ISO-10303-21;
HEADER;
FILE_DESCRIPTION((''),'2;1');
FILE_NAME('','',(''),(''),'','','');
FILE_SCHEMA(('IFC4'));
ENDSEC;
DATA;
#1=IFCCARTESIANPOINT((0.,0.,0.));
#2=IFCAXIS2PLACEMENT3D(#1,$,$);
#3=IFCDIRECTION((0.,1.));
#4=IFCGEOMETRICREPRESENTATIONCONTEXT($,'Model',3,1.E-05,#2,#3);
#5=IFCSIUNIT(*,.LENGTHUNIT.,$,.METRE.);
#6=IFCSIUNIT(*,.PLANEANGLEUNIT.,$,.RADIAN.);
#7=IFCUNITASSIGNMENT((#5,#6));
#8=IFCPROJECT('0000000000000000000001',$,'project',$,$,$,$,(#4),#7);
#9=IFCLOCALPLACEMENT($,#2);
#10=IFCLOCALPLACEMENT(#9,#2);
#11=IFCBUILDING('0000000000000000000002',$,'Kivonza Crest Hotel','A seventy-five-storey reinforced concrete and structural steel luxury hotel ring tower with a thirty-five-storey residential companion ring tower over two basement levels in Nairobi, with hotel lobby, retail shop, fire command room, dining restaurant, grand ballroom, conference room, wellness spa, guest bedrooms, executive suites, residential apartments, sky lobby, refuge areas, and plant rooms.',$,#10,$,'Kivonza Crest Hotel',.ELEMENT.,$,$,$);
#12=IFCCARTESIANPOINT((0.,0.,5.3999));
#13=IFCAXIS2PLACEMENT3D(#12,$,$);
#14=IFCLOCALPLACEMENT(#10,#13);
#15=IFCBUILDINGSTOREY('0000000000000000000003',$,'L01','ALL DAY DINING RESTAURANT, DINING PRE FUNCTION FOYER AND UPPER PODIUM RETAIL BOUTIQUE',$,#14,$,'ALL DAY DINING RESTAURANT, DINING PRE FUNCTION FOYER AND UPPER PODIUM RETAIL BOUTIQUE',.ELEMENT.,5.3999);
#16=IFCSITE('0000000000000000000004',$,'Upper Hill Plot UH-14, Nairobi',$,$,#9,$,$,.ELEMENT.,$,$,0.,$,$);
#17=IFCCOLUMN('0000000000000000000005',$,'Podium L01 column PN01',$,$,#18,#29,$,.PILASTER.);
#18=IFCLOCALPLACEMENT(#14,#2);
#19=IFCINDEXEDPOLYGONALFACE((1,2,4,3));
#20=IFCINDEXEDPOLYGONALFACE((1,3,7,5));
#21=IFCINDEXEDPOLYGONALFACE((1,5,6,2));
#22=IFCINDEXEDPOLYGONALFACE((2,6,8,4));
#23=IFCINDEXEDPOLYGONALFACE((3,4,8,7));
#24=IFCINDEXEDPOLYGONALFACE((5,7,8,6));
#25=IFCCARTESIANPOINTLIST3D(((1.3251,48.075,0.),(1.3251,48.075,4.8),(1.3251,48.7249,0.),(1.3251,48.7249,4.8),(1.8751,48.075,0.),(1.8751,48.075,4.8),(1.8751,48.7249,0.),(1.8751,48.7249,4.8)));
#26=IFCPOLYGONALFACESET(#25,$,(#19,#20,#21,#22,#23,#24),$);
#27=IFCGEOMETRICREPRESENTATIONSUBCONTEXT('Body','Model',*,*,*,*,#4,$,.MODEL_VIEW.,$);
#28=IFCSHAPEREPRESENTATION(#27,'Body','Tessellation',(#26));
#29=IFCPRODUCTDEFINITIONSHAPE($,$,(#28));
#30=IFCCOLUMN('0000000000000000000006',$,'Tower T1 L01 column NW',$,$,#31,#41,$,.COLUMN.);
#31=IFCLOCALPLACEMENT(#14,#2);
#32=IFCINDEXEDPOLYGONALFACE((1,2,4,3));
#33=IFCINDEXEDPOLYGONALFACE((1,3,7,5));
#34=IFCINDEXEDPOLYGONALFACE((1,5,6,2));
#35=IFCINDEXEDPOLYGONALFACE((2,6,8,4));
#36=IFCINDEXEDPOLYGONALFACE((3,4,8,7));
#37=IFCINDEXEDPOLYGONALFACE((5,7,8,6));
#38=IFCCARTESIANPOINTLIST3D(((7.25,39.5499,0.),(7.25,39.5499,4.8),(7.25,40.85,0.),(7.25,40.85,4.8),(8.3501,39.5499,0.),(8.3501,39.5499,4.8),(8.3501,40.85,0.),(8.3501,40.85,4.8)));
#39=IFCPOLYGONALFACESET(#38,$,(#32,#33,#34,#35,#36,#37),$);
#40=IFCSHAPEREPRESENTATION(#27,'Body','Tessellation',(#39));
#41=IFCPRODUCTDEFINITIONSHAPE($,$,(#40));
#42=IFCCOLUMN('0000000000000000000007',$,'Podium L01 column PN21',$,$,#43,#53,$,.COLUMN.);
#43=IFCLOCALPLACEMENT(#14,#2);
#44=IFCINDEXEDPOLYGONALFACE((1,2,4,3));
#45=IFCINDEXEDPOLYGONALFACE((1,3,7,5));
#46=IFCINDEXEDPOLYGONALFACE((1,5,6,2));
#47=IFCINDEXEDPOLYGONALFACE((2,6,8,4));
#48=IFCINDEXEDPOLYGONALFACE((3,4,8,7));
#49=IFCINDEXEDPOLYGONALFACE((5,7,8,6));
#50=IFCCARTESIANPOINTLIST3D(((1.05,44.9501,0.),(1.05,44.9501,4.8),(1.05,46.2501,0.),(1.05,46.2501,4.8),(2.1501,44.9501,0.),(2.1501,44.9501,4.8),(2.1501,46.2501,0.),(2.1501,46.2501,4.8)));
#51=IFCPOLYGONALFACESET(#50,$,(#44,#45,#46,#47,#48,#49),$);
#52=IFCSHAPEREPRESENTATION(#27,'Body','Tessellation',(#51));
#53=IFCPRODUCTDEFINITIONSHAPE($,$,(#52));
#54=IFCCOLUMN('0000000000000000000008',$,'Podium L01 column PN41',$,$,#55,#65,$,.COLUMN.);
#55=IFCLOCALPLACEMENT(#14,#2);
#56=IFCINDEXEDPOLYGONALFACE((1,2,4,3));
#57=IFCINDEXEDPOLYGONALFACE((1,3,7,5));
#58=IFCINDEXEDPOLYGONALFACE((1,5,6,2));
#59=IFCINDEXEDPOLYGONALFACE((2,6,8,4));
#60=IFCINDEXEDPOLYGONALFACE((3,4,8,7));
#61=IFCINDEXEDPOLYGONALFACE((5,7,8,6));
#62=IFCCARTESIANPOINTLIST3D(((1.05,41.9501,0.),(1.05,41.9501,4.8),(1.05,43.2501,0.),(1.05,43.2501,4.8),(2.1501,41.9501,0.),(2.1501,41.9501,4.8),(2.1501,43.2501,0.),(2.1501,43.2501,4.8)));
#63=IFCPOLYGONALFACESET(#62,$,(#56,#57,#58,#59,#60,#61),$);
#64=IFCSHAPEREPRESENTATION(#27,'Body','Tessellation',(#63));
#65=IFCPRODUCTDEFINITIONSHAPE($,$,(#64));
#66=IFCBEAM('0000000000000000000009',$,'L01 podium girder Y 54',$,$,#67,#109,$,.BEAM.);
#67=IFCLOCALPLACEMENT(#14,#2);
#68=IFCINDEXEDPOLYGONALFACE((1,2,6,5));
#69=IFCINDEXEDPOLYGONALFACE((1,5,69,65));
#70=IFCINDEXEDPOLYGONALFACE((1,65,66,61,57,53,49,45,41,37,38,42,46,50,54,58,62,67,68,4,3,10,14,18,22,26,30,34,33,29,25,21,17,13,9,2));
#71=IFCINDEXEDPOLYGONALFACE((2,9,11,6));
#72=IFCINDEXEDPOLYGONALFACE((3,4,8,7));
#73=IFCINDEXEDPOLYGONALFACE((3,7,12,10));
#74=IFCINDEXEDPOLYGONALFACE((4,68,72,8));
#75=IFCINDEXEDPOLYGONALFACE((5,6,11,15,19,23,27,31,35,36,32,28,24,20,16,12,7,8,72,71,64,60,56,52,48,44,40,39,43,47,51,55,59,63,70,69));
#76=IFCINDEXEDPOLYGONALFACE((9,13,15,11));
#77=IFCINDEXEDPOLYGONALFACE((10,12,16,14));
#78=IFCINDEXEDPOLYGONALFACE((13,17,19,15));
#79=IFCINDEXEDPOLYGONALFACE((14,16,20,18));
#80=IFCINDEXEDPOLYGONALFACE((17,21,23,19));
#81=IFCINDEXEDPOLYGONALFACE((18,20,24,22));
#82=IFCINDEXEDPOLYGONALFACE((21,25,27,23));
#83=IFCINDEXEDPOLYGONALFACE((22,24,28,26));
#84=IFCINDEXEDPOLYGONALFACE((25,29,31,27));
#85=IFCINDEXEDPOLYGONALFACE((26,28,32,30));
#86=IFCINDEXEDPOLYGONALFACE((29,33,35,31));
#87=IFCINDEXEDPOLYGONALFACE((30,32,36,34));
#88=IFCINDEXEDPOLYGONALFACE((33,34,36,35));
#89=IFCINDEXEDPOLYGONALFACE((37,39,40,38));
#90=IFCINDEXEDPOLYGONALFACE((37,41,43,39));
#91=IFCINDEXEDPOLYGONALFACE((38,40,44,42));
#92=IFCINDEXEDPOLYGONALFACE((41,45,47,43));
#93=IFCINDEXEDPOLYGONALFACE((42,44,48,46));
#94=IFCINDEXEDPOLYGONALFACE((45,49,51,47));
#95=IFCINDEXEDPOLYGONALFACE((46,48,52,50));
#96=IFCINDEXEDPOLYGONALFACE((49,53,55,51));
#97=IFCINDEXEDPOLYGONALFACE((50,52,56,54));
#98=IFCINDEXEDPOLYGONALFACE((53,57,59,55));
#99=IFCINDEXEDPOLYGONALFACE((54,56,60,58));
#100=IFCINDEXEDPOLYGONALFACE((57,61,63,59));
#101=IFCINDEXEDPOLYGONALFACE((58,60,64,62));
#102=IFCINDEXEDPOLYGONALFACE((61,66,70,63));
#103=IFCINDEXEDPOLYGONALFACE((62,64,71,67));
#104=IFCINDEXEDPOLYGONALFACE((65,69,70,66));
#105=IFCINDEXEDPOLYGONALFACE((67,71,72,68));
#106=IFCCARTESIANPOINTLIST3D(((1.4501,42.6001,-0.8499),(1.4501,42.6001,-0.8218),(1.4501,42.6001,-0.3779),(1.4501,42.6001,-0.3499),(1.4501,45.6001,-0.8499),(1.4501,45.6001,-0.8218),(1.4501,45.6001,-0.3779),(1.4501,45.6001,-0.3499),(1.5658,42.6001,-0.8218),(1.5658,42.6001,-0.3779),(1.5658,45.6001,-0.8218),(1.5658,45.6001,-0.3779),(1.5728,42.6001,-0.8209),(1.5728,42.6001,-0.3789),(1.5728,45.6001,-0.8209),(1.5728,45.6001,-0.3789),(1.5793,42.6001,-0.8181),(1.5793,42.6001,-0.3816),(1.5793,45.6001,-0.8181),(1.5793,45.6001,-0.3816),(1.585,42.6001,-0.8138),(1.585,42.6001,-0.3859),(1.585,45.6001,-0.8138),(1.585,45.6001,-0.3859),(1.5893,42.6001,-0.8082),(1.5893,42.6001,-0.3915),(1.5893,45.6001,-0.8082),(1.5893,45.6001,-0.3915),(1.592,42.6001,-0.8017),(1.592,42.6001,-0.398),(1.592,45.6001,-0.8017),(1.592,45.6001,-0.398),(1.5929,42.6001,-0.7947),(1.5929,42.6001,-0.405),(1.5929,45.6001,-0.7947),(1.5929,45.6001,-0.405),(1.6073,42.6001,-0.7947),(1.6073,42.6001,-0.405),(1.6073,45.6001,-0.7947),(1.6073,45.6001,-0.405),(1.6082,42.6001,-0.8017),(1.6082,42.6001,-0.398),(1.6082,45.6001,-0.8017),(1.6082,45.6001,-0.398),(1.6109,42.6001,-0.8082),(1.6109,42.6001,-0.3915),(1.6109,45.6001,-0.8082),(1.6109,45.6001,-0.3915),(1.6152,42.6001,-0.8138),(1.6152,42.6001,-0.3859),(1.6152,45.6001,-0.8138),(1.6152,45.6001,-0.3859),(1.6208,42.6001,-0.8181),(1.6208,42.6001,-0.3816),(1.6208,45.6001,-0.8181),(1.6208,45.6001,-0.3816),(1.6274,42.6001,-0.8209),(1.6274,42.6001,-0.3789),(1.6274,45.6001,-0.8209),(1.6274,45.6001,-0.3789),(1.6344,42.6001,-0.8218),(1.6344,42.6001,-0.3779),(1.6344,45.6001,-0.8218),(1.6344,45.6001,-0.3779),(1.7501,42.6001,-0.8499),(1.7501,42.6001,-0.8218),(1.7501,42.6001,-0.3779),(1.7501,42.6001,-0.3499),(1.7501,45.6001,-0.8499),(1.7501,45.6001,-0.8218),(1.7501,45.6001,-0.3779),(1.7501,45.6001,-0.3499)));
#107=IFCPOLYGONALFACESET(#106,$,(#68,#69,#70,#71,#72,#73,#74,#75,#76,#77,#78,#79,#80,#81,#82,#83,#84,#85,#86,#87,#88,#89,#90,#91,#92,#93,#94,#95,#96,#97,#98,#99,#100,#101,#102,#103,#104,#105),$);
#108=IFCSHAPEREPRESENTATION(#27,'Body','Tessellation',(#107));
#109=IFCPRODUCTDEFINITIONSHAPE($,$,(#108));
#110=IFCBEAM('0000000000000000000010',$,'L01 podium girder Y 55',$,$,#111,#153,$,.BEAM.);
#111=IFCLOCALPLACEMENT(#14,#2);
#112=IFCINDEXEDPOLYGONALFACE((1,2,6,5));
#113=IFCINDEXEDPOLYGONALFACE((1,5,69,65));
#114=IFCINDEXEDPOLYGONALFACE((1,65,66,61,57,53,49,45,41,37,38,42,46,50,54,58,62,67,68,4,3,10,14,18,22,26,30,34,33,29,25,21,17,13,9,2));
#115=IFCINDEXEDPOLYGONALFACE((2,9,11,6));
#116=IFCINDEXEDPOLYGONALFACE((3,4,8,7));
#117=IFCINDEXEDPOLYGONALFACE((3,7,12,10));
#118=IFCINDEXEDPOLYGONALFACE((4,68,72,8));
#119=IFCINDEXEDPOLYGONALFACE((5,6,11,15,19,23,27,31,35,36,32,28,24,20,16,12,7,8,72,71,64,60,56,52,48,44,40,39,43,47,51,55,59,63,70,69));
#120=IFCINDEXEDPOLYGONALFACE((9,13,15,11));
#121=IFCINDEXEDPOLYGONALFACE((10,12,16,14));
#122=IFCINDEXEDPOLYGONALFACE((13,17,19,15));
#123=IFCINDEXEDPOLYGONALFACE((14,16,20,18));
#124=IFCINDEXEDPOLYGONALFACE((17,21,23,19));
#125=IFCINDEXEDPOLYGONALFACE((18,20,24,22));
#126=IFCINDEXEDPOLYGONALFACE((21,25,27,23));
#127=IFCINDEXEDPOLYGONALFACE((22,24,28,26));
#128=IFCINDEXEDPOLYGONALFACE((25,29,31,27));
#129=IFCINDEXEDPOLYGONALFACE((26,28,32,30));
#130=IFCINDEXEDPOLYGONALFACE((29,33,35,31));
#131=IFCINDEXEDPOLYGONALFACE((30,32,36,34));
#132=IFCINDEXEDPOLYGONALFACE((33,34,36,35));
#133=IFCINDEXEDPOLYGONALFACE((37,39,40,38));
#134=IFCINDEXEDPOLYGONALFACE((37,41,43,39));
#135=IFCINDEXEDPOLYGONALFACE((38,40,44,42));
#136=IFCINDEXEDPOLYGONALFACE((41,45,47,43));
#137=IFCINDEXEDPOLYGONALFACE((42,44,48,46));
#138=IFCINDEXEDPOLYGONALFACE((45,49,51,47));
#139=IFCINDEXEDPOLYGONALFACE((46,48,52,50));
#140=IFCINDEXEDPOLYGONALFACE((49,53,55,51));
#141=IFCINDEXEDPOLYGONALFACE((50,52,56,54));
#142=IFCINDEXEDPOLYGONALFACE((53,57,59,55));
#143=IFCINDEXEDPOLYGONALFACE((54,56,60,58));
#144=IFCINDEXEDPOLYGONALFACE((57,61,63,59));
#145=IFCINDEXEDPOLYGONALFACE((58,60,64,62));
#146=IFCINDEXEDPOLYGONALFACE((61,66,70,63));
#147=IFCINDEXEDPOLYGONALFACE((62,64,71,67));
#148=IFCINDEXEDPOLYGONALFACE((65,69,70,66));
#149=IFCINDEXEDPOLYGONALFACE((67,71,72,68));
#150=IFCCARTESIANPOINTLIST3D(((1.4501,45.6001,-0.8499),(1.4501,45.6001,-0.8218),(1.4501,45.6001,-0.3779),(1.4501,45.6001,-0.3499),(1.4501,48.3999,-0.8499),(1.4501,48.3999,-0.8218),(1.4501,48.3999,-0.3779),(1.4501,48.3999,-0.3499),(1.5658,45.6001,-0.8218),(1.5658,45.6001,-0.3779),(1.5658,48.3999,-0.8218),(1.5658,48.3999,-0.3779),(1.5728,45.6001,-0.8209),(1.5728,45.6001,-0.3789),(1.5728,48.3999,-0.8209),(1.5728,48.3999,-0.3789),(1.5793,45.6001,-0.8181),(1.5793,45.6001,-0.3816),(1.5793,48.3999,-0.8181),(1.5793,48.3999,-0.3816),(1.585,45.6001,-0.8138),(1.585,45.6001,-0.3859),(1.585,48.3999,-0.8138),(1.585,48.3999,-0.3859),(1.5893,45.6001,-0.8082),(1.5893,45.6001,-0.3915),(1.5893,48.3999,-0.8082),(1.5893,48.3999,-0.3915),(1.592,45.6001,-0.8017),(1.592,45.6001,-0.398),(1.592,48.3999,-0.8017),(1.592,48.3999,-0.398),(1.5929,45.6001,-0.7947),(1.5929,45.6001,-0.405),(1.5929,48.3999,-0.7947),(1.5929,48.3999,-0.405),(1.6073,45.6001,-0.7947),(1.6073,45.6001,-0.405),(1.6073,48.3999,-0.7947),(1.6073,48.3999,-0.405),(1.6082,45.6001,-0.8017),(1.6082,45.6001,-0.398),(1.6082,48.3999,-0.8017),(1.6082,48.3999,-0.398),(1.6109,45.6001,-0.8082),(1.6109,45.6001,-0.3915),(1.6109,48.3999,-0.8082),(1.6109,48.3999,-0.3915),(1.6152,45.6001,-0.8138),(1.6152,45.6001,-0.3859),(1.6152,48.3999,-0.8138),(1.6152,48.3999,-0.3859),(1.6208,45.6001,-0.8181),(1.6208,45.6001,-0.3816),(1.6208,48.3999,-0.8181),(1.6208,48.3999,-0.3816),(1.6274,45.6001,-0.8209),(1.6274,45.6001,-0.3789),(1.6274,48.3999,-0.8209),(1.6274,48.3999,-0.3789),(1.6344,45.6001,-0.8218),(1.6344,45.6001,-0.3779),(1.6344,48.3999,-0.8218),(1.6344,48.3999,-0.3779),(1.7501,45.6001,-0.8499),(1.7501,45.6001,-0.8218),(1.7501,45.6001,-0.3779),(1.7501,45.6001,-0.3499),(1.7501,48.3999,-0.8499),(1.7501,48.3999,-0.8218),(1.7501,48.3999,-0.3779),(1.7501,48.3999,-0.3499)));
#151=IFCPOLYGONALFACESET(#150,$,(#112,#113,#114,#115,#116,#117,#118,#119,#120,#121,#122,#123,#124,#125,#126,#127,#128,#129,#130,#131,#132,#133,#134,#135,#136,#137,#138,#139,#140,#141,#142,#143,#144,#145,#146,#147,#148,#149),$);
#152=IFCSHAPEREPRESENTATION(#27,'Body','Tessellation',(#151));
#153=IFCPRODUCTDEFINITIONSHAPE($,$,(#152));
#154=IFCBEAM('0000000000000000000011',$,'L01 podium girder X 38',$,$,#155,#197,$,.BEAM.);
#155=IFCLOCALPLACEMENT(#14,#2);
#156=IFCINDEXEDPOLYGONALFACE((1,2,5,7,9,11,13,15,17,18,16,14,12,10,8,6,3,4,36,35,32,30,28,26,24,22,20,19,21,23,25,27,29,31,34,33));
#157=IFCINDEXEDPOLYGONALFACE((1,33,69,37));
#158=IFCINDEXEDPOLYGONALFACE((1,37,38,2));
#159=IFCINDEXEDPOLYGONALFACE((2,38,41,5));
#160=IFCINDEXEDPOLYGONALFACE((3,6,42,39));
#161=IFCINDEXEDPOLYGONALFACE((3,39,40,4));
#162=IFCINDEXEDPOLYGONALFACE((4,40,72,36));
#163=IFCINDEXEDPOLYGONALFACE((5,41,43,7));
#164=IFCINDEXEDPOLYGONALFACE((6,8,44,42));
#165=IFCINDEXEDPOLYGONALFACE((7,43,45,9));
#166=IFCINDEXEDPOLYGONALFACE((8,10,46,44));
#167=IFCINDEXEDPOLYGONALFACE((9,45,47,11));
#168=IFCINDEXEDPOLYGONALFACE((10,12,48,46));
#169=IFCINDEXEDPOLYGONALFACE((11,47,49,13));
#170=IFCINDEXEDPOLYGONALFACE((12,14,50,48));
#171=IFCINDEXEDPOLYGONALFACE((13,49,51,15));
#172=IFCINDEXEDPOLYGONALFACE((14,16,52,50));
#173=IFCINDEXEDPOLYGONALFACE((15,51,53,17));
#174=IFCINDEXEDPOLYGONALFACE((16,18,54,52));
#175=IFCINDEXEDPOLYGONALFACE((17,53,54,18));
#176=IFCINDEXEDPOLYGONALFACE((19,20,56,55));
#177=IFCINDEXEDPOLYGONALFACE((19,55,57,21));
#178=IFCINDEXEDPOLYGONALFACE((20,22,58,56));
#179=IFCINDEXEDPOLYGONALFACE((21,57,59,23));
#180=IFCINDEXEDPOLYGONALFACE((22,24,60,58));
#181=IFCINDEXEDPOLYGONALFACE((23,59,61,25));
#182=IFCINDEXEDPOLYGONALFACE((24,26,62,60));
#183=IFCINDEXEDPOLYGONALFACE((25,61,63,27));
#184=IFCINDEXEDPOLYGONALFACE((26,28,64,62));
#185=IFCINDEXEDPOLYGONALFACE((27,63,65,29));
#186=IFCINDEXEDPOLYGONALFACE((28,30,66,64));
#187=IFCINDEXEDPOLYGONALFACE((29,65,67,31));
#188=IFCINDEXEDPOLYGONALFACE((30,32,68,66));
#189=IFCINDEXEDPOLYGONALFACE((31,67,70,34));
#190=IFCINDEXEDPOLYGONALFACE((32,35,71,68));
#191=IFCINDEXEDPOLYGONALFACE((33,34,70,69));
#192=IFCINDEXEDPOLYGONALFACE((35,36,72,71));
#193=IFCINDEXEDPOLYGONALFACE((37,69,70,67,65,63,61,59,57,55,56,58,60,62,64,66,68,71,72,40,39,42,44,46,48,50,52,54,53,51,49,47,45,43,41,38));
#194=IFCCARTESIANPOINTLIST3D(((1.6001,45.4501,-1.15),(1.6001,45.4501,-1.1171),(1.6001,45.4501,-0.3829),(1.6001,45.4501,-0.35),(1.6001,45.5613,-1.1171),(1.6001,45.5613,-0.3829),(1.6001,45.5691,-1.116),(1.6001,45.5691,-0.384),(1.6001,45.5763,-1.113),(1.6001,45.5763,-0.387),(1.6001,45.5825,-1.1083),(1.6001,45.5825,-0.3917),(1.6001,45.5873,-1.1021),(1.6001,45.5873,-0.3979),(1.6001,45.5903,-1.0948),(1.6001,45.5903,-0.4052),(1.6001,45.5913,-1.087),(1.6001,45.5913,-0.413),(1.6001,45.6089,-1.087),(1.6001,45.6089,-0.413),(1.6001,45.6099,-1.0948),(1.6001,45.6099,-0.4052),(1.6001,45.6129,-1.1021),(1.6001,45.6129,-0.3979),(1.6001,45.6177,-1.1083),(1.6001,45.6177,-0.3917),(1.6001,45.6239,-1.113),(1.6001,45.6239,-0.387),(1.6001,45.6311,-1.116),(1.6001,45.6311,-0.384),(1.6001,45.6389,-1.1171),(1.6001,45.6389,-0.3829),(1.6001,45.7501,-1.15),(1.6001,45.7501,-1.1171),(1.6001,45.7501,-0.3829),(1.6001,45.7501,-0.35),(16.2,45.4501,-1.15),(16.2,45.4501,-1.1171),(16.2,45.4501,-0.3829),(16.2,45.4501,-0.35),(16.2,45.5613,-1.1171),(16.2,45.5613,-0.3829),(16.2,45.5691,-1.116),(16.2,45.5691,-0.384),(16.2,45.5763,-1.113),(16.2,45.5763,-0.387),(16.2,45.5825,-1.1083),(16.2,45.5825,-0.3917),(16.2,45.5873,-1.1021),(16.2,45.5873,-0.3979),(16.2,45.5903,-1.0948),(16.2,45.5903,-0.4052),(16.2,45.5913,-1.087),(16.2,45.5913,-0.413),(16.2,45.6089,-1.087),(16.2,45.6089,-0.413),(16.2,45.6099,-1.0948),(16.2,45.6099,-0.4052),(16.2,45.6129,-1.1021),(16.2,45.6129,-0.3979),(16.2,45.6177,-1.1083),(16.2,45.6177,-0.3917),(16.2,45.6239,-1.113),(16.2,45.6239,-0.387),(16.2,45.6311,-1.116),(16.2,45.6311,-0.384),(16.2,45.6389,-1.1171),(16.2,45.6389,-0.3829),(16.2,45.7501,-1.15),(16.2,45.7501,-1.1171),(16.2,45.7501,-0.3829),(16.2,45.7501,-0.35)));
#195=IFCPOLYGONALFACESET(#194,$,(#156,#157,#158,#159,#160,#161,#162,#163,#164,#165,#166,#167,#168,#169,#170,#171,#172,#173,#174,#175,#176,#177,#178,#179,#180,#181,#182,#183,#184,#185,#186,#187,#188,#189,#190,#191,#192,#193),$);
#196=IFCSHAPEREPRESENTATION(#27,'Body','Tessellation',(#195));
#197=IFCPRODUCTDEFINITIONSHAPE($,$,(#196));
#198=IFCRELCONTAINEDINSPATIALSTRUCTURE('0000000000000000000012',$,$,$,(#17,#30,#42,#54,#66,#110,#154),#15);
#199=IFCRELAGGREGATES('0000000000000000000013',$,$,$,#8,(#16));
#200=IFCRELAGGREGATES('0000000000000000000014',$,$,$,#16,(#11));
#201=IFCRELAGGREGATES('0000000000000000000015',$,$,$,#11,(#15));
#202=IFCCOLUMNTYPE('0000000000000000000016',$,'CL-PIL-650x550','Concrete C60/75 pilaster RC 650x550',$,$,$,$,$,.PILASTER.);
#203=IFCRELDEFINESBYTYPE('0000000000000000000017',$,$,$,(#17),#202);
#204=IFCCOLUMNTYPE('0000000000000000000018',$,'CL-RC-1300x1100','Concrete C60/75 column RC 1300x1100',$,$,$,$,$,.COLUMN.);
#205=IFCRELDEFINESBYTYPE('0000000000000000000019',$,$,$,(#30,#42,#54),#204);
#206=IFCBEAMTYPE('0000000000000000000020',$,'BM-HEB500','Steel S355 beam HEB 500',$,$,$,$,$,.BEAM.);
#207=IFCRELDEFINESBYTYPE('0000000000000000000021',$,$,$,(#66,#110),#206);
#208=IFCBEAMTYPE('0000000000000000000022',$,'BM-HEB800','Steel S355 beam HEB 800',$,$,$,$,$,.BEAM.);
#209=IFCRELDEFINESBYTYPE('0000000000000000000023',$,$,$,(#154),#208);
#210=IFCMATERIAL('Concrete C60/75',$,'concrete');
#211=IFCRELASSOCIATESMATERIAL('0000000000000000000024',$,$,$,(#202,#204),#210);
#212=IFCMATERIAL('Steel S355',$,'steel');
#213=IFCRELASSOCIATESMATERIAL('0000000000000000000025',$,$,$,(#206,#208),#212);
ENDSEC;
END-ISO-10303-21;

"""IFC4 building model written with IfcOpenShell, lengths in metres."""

from ifc_helpers import new_model, si_unit, direction, frame, origin, origin_2d, place, context, subcontext, project, spatial, rectangle, i_section, extrude, material, material_profile, profile_set, type_object, element, save


model = new_model("IFC4")

# Units and contexts
model_context = context("Model", 3, precision=1e-05, world=origin(), true_north=direction((0.0, 1.0)))
body_context = subcontext(model_context, "Body", "Model", "MODEL_VIEW")
ifc_project = project(units=[si_unit("LENGTHUNIT", "METRE"), si_unit("PLANEANGLEUNIT", "RADIAN")], contexts=[model_context])

# Site, building, storey
site_placement = place(None, origin())
site = spatial("IfcSite", under=ifc_project, at=site_placement, Name="Upper Hill Plot UH-14, Nairobi", CompositionType="ELEMENT", RefElevation=0.0)
building_placement = place(site_placement, origin())
building = spatial("IfcBuilding", under=site, at=building_placement, Name="Kivonza Crest Hotel", Description="A seventy-five-storey reinforced concrete and structural steel luxury hotel ring tower with a thirty-five-storey residential companion ring tower over two basement levels in Nairobi, with hotel lobby, retail shop, fire command room, dining restaurant, grand ballroom, conference room, wellness spa, guest bedrooms, executive suites, residential apartments, sky lobby, refuge areas, and plant rooms.", LongName="Kivonza Crest Hotel", CompositionType="ELEMENT")
storey_placement = place(building_placement, frame((0.0, 0.0, 5.3999)))
storey = spatial("IfcBuildingStorey", under=building, at=storey_placement, Name="L01", Description="ALL DAY DINING RESTAURANT, DINING PRE FUNCTION FOYER AND UPPER PODIUM RETAIL BOUTIQUE", LongName="ALL DAY DINING RESTAURANT, DINING PRE FUNCTION FOYER AND UPPER PODIUM RETAIL BOUTIQUE", CompositionType="ELEMENT", Elevation=5.3999)

# Columns
ifc_material_1 = material(Name="Concrete C60/75", Category="concrete")
ifc_material_profile_1 = material_profile(ifc_material_1, rectangle(XDim=0.55, YDim=0.6499, at=origin_2d()), Name="RC 650x550")
ifc_profile_set_1 = profile_set([ifc_material_profile_1], Name="Concrete C60/75")
column_type_1 = type_object("IfcColumnType", Name="CL-PIL-650x550", Description="Concrete C60/75 pilaster RC 650x550", PredefinedType="PILASTER", material=ifc_profile_set_1)
column_placement = place(storey_placement, frame((1.6001, 48.3999, 0.0), z_axis=(0.0, 0.0, 1.0), x_axis=(1.0, 0.0, 0.0)))
element("IfcColumn", 1, at=column_placement, inside=storey, type_object=column_type_1, Name="Podium L01 column PN01", PredefinedType="PILASTER", context=body_context, shape_type="SweptSolid", body=[
    extrude(rectangle(XDim=0.55, YDim=0.6499, at=origin_2d()), origin(), (0.0, 0.0, 1.0), 4.8),
])
ifc_material_profile_2 = material_profile(ifc_material_1, rectangle(XDim=1.1001, YDim=1.3, at=origin_2d()), Name="RC 1300x1100")
ifc_profile_set_2 = profile_set([ifc_material_profile_2], Name="Concrete C60/75")
column_type_2 = type_object("IfcColumnType", Name="CL-RC-1300x1100", Description="Concrete C60/75 column RC 1300x1100", PredefinedType="COLUMN", material=ifc_profile_set_2)
for number, where, z_axis, x_axis, name in (
    (2, (7.8, 40.2, 0.0), (0.0, 0.0, 1.0), (1.0, 0.0, 0.0), "Tower T1 L01 column NW"),
    (3, (1.6001, 45.6001, 0.0), (0.0, 0.0, 1.0), (1.0, 0.0, 0.0), "Podium L01 column PN21"),
    (4, (1.6001, 42.6001, 0.0), (0.0, 0.0, 1.0), (1.0, 0.0, 0.0), "Podium L01 column PN41"),
):
    element("IfcColumn", number, at=place(storey_placement, frame(where, z_axis=z_axis, x_axis=x_axis)), inside=storey, type_object=column_type_2, Name=name, PredefinedType="COLUMN", context=body_context, shape_type="SweptSolid", body=[
        extrude(rectangle(XDim=1.1001, YDim=1.3, at=origin_2d()), origin(), (0.0, 0.0, 1.0), 4.8),
    ])

# Beams
ifc_material_2 = material(Name="Steel S355", Category="steel")
ifc_material_profile_3 = material_profile(ifc_material_2, i_section(OverallWidth=0.3, OverallDepth=0.5, WebThickness=0.0144, FlangeThickness=0.0281, FilletRadius=0.0271, at=origin_2d()), Name="HEB 500")
ifc_profile_set_3 = profile_set([ifc_material_profile_3], Name="Steel S355")
beam_type_1 = type_object("IfcBeamType", Name="BM-HEB500", Description="Steel S355 beam HEB 500", PredefinedType="BEAM", material=ifc_profile_set_3)
beam_1_placement = place(storey_placement, frame((1.6001, 42.6001, -0.5999), z_axis=(0.0, 1.0, 0.0), x_axis=(-1.0, 0.0, 0.0)))
element("IfcBeam", 5, at=beam_1_placement, inside=storey, type_object=beam_type_1, Name="L01 podium girder Y 54", PredefinedType="BEAM", context=body_context, shape_type="SweptSolid", body=[
    extrude(i_section(OverallWidth=0.3, OverallDepth=0.5, WebThickness=0.0144, FlangeThickness=0.0281, FilletRadius=0.0271, at=origin_2d()), origin(), (0.0, 0.0, 1.0), 3.0),
])
beam_2_placement = place(storey_placement, frame((1.6001, 45.6001, -0.5999), z_axis=(0.0, 1.0, 0.0), x_axis=(-1.0, 0.0, 0.0)))
element("IfcBeam", 6, at=beam_2_placement, inside=storey, type_object=beam_type_1, Name="L01 podium girder Y 55", PredefinedType="BEAM", context=body_context, shape_type="SweptSolid", body=[
    extrude(i_section(OverallWidth=0.3, OverallDepth=0.5, WebThickness=0.0144, FlangeThickness=0.0281, FilletRadius=0.0271, at=origin_2d()), origin(), (0.0, 0.0, 1.0), 2.7998),
])
ifc_material_profile_4 = material_profile(ifc_material_2, i_section(OverallWidth=0.3, OverallDepth=0.8, WebThickness=0.0176, FlangeThickness=0.033, FilletRadius=0.03, at=origin_2d()), Name="HEB 800")
ifc_profile_set_4 = profile_set([ifc_material_profile_4], Name="Steel S355")
beam_type_2 = type_object("IfcBeamType", Name="BM-HEB800", Description="Steel S355 beam HEB 800", PredefinedType="BEAM", material=ifc_profile_set_4)
for number, where, z_axis, x_axis, name in (
    (7, (1.6001, 45.6001, -0.75), (1.0, 0.0, 0.0), (0.0, 1.0, 0.0), "L01 podium girder X 38"),
):
    element("IfcBeam", number, at=place(storey_placement, frame(where, z_axis=z_axis, x_axis=x_axis)), inside=storey, type_object=beam_type_2, Name=name, PredefinedType="BEAM", context=body_context, shape_type="SweptSolid", body=[
        extrude(i_section(OverallWidth=0.3, OverallDepth=0.8, WebThickness=0.0176, FlangeThickness=0.033, FilletRadius=0.03, at=origin_2d()), origin(), (0.0, 0.0, 1.0), 14.5999),
    ])

save(model, "model.ifc")
